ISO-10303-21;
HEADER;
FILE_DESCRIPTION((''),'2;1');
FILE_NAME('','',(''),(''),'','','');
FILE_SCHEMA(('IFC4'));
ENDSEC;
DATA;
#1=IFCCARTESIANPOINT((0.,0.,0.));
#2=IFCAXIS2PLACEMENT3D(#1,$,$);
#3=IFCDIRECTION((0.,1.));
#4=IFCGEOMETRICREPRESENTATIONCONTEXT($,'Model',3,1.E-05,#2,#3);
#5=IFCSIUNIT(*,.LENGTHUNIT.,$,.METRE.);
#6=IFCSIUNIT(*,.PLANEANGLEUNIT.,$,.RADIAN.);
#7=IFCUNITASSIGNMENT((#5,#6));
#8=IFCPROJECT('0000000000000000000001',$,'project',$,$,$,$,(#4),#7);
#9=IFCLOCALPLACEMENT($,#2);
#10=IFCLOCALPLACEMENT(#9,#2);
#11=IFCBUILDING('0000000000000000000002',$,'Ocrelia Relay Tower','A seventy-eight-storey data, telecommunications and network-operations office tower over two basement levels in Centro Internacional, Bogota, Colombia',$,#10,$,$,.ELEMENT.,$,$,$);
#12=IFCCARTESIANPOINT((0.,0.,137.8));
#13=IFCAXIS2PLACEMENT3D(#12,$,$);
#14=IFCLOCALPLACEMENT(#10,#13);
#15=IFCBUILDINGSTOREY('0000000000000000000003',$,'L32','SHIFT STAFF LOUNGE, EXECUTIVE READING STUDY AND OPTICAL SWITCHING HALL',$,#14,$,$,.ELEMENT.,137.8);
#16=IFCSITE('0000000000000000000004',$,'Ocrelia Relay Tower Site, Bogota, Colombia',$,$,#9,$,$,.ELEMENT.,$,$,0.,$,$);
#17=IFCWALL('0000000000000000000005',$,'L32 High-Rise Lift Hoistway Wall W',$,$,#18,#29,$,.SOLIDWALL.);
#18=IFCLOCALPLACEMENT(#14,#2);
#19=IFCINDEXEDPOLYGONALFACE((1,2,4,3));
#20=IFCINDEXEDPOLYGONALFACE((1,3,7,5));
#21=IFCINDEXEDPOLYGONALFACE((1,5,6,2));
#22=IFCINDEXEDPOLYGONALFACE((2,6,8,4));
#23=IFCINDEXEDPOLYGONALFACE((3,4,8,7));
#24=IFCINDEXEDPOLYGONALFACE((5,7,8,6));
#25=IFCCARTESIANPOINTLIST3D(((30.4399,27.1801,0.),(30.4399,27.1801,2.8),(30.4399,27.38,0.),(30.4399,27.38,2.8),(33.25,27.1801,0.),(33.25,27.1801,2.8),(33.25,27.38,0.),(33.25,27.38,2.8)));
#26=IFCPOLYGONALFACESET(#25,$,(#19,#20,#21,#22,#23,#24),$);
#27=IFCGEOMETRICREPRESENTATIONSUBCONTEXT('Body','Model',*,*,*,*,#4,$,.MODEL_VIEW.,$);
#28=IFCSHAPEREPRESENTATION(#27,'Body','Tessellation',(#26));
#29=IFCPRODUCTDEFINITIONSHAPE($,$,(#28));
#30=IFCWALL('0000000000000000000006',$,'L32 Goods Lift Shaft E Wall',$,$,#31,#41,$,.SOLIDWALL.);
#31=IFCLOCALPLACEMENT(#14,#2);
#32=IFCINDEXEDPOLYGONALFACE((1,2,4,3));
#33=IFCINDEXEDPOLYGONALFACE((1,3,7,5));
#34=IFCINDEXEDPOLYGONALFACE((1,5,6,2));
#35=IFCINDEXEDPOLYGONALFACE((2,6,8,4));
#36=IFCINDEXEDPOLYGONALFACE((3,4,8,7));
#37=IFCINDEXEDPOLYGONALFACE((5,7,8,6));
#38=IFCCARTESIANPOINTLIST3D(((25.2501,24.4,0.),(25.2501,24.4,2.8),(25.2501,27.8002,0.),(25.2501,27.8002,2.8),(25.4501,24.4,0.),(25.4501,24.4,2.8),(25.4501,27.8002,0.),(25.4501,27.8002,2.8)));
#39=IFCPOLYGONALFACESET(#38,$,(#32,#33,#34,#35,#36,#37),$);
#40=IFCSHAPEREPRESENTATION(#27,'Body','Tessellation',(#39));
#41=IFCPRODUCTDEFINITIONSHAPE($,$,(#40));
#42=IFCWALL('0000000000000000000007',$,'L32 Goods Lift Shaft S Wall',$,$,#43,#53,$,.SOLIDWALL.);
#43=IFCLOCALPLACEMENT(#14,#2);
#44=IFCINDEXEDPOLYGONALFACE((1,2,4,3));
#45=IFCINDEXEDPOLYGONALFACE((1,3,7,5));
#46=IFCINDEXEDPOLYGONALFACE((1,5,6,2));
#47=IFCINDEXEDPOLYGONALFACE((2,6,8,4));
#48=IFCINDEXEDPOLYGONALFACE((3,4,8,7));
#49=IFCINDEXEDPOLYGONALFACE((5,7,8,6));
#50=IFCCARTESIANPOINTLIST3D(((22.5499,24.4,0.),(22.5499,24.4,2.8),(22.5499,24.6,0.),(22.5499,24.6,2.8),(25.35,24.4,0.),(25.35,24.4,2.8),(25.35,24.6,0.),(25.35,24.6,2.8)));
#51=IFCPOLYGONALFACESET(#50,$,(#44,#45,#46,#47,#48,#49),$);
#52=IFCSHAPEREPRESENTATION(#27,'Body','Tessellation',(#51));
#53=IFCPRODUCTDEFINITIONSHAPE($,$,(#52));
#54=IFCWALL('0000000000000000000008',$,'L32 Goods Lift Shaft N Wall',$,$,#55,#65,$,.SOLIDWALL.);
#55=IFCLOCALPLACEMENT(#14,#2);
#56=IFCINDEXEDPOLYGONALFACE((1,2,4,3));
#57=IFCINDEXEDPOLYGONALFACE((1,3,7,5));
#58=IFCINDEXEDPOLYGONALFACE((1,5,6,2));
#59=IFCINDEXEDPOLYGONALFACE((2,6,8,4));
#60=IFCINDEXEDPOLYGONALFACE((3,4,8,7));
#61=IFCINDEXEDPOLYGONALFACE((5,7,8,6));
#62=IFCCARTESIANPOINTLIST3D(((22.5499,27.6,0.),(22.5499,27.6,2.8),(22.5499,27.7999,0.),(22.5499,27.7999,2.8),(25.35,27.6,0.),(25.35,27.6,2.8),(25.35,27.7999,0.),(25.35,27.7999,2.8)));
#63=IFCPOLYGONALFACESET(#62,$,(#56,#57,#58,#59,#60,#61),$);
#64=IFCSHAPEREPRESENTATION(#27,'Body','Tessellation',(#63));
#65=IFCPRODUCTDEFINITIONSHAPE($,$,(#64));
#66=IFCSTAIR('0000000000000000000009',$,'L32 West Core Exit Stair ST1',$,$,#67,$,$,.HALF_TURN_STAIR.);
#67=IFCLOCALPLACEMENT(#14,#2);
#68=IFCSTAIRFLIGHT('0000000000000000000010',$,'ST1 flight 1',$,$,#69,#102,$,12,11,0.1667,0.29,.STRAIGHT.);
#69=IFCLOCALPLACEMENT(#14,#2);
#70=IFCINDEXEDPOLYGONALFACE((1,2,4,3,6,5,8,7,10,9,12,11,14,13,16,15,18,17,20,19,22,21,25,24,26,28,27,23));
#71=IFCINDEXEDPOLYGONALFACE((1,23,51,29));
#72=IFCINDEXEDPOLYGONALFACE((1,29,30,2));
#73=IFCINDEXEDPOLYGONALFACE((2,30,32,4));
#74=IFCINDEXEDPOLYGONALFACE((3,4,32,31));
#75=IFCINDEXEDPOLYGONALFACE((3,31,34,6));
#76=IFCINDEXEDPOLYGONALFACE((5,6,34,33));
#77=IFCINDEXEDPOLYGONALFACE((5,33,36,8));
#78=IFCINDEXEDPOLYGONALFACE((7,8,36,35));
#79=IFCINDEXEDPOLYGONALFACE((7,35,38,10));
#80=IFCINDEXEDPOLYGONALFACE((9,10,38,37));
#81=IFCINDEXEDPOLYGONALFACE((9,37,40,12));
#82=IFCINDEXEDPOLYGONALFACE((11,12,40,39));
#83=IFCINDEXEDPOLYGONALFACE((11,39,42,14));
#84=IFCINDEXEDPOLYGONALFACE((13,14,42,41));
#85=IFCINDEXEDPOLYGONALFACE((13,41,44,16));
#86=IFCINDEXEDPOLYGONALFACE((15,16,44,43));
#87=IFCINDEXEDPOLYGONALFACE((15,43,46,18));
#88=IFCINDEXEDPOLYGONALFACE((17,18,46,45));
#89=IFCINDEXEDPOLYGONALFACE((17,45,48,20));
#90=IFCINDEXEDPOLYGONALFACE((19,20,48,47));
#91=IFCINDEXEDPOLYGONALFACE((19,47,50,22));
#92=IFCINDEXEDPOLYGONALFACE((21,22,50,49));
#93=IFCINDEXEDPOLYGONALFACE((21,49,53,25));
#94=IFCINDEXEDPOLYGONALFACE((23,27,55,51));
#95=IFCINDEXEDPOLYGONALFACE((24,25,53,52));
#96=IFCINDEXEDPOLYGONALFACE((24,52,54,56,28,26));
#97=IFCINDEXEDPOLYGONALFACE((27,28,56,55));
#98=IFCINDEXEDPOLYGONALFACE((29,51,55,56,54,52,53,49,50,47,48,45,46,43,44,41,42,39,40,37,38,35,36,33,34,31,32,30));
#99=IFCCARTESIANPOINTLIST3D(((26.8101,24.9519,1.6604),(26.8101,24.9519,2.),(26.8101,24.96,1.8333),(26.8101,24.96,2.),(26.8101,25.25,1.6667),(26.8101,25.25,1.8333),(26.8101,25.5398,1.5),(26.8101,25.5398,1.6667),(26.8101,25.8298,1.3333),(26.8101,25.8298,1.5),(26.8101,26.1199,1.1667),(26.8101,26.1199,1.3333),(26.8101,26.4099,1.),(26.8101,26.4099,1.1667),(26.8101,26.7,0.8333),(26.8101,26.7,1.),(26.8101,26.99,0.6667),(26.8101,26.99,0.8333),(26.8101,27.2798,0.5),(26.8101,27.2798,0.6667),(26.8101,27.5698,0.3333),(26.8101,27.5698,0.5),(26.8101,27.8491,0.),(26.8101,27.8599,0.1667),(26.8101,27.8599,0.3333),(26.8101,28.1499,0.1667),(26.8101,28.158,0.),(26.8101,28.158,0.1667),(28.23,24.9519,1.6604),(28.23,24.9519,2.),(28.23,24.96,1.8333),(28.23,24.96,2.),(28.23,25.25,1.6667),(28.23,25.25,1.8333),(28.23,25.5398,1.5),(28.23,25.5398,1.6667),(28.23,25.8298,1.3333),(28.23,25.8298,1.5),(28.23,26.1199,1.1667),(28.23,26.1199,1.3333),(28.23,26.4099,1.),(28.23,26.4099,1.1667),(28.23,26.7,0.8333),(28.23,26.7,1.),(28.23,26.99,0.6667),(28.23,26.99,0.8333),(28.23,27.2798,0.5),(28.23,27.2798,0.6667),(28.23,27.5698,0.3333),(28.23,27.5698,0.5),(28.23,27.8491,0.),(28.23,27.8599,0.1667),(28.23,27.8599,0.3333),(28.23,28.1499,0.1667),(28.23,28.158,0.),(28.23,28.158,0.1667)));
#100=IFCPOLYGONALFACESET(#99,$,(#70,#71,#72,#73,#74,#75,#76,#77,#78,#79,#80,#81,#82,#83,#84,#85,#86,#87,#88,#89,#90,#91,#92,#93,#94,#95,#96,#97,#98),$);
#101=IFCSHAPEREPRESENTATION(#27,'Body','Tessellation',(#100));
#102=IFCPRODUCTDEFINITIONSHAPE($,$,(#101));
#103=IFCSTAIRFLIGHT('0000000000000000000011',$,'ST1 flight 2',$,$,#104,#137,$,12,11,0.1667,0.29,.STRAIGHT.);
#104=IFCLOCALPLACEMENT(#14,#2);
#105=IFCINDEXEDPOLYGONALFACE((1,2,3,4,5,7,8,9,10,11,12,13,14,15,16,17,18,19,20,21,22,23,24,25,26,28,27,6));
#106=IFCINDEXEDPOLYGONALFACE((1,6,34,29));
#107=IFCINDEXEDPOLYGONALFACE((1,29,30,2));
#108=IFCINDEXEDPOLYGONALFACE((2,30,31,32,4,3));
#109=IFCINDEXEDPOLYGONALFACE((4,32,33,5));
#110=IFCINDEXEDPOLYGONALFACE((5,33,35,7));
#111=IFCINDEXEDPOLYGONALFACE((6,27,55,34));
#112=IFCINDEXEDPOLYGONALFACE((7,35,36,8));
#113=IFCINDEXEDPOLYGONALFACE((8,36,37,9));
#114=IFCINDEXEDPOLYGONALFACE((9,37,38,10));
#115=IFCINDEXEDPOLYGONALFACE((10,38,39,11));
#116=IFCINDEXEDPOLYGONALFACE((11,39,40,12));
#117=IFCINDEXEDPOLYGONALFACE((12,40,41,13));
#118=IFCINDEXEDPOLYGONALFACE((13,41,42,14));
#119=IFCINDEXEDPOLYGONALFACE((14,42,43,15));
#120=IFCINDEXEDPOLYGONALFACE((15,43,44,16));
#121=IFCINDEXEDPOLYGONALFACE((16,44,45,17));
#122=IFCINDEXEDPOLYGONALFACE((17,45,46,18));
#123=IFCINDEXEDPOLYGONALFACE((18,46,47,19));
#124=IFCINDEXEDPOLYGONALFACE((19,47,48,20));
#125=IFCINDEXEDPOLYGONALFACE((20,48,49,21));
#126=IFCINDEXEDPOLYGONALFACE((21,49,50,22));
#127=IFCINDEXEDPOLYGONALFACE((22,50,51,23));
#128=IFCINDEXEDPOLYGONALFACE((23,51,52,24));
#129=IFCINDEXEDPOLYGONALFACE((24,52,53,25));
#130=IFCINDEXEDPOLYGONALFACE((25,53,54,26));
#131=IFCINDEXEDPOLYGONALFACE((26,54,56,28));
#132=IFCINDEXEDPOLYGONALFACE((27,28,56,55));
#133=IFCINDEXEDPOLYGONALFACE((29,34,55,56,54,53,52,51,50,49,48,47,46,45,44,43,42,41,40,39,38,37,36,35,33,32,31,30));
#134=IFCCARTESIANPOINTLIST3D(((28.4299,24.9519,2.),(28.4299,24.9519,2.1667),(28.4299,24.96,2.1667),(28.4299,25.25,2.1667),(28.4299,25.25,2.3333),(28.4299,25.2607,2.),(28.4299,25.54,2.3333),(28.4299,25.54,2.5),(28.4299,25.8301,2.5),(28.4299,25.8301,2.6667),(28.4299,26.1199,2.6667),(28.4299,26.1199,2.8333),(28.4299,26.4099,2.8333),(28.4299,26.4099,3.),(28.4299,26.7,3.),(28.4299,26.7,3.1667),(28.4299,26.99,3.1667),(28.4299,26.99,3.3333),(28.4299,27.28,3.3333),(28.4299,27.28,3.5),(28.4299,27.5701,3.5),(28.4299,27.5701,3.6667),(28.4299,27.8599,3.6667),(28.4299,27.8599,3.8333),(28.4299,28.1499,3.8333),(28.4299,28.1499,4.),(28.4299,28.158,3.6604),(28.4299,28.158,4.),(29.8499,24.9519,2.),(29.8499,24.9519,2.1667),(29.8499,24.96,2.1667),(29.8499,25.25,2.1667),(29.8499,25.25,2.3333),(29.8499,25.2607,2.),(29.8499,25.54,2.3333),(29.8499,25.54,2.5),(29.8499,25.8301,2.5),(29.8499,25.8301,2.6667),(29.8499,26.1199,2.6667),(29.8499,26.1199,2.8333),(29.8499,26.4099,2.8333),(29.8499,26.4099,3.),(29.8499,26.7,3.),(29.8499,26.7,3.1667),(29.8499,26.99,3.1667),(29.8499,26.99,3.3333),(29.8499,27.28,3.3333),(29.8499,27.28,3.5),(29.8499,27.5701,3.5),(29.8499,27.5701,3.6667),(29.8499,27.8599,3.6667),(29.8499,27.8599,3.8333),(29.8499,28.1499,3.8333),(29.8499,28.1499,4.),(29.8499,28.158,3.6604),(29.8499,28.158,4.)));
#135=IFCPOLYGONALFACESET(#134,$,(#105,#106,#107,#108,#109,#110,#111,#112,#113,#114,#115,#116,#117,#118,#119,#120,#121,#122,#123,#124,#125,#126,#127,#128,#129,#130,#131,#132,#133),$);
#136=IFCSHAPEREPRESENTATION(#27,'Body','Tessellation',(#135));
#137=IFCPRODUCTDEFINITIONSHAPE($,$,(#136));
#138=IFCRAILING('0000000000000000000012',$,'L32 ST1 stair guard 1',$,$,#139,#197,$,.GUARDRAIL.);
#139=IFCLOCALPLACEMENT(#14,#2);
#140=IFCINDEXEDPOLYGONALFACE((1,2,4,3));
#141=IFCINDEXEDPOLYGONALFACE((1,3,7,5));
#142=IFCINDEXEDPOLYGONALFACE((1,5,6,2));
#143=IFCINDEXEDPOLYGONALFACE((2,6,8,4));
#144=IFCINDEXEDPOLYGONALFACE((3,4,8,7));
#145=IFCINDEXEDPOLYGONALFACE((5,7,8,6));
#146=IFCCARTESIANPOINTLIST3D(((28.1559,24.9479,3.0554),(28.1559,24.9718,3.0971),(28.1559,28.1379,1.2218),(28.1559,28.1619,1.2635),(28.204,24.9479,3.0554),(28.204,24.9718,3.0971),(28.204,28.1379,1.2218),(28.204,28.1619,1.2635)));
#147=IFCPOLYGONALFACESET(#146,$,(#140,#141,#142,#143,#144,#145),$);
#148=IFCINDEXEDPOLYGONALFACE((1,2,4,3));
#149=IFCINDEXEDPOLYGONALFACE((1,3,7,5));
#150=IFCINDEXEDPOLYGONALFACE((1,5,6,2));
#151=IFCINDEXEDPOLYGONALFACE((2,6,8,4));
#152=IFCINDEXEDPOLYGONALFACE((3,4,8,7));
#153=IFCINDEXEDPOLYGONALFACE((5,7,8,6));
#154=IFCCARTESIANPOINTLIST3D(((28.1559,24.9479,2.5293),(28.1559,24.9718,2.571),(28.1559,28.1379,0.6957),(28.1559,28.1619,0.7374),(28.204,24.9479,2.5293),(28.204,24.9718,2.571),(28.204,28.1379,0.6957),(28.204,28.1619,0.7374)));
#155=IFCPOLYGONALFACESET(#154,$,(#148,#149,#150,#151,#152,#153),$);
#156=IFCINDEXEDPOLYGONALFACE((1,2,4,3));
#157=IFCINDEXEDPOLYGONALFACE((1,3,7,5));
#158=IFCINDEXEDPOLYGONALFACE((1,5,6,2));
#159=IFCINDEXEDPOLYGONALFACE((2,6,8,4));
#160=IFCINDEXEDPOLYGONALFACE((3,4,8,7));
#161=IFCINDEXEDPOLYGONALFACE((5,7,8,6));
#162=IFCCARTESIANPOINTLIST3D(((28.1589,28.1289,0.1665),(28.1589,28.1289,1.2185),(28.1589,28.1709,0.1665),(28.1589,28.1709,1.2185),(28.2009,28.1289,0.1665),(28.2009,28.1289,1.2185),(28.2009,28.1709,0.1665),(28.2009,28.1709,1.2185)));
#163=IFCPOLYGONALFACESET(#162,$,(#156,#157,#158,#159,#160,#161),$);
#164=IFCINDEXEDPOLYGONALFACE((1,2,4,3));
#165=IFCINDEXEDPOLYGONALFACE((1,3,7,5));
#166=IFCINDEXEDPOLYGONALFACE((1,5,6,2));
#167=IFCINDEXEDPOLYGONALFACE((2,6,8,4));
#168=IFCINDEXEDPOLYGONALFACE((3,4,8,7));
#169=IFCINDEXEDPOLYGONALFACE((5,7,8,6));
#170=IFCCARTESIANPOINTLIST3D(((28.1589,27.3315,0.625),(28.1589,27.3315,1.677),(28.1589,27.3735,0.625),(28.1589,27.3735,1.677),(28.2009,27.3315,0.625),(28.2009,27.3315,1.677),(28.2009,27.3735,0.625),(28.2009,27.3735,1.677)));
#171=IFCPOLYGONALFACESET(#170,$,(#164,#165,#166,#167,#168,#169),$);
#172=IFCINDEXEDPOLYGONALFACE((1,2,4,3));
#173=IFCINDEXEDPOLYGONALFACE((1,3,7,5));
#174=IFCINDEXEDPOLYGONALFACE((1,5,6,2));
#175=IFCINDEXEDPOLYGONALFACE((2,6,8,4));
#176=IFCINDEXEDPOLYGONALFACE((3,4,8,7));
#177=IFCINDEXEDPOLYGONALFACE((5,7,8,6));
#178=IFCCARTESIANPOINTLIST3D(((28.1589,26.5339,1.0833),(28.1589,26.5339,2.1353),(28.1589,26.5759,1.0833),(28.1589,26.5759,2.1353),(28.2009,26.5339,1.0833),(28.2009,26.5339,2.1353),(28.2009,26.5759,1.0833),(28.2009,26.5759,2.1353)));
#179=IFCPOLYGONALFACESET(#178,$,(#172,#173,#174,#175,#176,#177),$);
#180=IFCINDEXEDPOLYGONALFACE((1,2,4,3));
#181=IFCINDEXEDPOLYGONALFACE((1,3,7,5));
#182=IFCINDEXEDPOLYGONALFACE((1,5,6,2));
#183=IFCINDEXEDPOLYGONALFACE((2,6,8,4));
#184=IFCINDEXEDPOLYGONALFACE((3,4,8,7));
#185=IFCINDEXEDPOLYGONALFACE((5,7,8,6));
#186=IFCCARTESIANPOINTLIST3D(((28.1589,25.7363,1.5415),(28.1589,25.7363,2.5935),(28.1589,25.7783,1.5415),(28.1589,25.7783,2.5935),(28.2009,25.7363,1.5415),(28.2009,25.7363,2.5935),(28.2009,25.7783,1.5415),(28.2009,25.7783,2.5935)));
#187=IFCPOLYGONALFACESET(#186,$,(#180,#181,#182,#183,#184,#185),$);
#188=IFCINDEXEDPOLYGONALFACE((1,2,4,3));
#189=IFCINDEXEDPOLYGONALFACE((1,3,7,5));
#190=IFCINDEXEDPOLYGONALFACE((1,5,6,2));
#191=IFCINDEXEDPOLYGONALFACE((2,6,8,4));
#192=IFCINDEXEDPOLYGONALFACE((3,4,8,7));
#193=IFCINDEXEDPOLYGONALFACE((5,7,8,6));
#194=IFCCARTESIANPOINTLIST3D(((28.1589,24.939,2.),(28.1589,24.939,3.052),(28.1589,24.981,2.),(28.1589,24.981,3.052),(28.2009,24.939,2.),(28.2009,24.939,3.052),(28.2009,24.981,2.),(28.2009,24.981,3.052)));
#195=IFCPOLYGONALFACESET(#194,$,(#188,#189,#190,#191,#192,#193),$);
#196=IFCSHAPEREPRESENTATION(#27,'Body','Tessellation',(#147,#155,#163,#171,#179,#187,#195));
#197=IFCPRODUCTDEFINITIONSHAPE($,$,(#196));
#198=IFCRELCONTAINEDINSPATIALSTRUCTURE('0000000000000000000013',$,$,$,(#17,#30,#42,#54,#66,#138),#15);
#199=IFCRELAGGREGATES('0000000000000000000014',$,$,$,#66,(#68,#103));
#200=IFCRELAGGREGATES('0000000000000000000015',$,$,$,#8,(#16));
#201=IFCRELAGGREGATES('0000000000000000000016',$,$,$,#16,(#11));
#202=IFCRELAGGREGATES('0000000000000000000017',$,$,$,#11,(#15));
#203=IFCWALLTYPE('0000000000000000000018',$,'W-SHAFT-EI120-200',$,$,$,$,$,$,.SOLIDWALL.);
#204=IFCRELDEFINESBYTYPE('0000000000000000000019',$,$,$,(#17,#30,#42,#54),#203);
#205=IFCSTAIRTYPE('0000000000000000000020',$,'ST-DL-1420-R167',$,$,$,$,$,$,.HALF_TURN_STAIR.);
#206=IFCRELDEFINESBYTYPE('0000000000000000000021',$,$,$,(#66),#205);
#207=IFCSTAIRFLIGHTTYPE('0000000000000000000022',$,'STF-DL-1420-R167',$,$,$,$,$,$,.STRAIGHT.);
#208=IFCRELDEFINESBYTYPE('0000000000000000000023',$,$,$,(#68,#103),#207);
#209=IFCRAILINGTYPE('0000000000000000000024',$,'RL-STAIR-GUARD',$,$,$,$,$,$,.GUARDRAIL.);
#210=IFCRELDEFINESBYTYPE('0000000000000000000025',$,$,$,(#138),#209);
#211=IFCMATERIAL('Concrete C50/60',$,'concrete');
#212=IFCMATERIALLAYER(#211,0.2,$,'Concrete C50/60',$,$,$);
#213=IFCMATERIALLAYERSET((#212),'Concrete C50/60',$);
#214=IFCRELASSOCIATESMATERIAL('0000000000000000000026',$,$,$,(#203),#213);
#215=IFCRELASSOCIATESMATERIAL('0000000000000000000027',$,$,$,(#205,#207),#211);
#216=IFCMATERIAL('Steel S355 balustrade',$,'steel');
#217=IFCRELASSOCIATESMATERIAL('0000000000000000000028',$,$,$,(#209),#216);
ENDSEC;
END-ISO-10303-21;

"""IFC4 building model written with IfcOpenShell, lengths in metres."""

from ifc_helpers import new_model, si_unit, direction, frame, frame_2d, origin, origin_2d, place, context, subcontext, project, spatial, polyline, rectangle, outline, extrude, material, layer, layer_set, type_object, element, aggregate, save


model = new_model("IFC4")

# Units and contexts
model_context = context("Model", 3, precision=1e-05, world=origin(), true_north=direction((0.0, 1.0)))
body_context = subcontext(model_context, "Body", "Model", "MODEL_VIEW")
ifc_project = project(units=[si_unit("LENGTHUNIT", "METRE"), si_unit("PLANEANGLEUNIT", "RADIAN")], contexts=[model_context])

# Site, building, storey
site_placement = place(None, origin())
site = spatial("IfcSite", under=ifc_project, at=site_placement, Name="Ocrelia Relay Tower Site, Bogota, Colombia", CompositionType="ELEMENT", RefElevation=0.0)
building_placement = place(site_placement, origin())
building = spatial("IfcBuilding", under=site, at=building_placement, Name="Ocrelia Relay Tower", Description="A seventy-eight-storey data, telecommunications and network-operations office tower over two basement levels in Centro Internacional, Bogota, Colombia", CompositionType="ELEMENT")
storey_placement = place(building_placement, frame((0.0, 0.0, 137.8)))
storey = spatial("IfcBuildingStorey", under=building, at=storey_placement, Name="L32", Description="SHIFT STAFF LOUNGE, EXECUTIVE READING STUDY AND OPTICAL SWITCHING HALL", CompositionType="ELEMENT", Elevation=137.8)

# Shared definitions
ifc_material_1 = material(Name="Concrete C50/60", Category="concrete")

# Shared definitions
ifc_layer_1 = layer(ifc_material_1, 0.2, Name="Concrete C50/60")
ifc_layer_set_1 = layer_set([ifc_layer_1], Name="Concrete C50/60")
wall_type_1 = type_object("IfcWallType", Name="W-SHAFT-EI120-200", PredefinedType="SOLIDWALL", material=ifc_layer_set_1)

# Wall
wall_1_placement = place(storey_placement, frame((30.4399, 27.28, 0.0), z_axis=(0.0, 0.0, 1.0), x_axis=(1.0, 0.0, 0.0)))
element("IfcWall", 1, at=wall_1_placement, inside=storey, type_object=wall_type_1, Name="L32 High-Rise Lift Hoistway Wall W", PredefinedType="SOLIDWALL", context=body_context, shape_type="SweptSolid", body=[
    extrude(rectangle(XDim=2.8101, YDim=0.2, at=frame_2d((1.405, 0.0))), origin(), (0.0, 0.0, 1.0), 2.8),
])

# Walls
wall_2_placement = place(storey_placement, frame((25.3501, 24.3999, 0.0), z_axis=(0.0, 0.0, 1.0), x_axis=(0.0, 1.0, 0.0)))
element("IfcWall", 2, at=wall_2_placement, inside=storey, type_object=wall_type_1, Name="L32 Goods Lift Shaft E Wall", PredefinedType="SOLIDWALL", context=body_context, shape_type="SweptSolid", body=[
    extrude(rectangle(XDim=3.4001, YDim=0.2, at=frame_2d((1.7002, 0.0))), origin(), (0.0, 0.0, 1.0), 2.8),
])
for number, where, z_axis, x_axis, name in (
    (3, (22.55, 24.5, 0.0), (0.0, 0.0, 1.0), (1.0, 0.0, 0.0), "L32 Goods Lift Shaft S Wall"),
    (4, (22.55, 27.7, 0.0), (0.0, 0.0, 1.0), (1.0, 0.0, 0.0), "L32 Goods Lift Shaft N Wall"),
):
    element("IfcWall", number, at=place(storey_placement, frame(where, z_axis=z_axis, x_axis=x_axis)), inside=storey, type_object=wall_type_1, Name=name, PredefinedType="SOLIDWALL", context=body_context, shape_type="SweptSolid", body=[
        extrude(rectangle(XDim=2.8, YDim=0.2, at=frame_2d((1.3999, 0.0))), origin(), (0.0, 0.0, 1.0), 2.8),
    ])

# Stair, stair flights
stair_type = type_object("IfcStairType", Name="ST-DL-1420-R167", PredefinedType="HALF_TURN_STAIR", material=ifc_material_1)
stair_placement = place(storey_placement, origin())
stair = element("IfcStair", 5, at=stair_placement, inside=storey, type_object=stair_type, Name="L32 West Core Exit Stair ST1", PredefinedType="HALF_TURN_STAIR")
stair_flight_type = type_object("IfcStairFlightType", Name="STF-DL-1420-R167", PredefinedType="STRAIGHT", material=ifc_material_1)
stair_flight_1_placement = place(storey_placement, frame((27.52, 28.1499, 0.0), z_axis=(0.0, 0.0, 1.0), x_axis=(0.0, -1.0, 0.0)))
stair_flight_1 = element("IfcStairFlight", 6, at=stair_flight_1_placement, type_object=stair_flight_type, Name="ST1 flight 1", NumberOfRisers=12, NumberOfTreads=11, PredefinedType="STRAIGHT", RiserHeight=0.1667, TreadLength=0.29, context=body_context, shape_type="SweptSolid", body=[
    extrude(outline(polyline([(-0.0081, 0.0), (-0.0081, 0.1667), (0.0, 0.1667), (0.29, 0.1667), (0.29, 0.3333), (0.5801, 0.3333), (0.5801, 0.5), (0.8701, 0.5), (0.8701, 0.6667), (1.1599, 0.6667), (1.1599, 0.8333), (1.45, 0.8333), (1.45, 1.0), (1.74, 1.0), (1.74, 1.1667), (2.03, 1.1667), (2.03, 1.3333), (2.3201, 1.3333), (2.3201, 1.5), (2.6101, 1.5), (2.6101, 1.6667), (2.8999, 1.6667), (2.8999, 1.8333), (3.1899, 1.8333), (3.1899, 2.0), (3.198, 2.0), (3.198, 1.6604), (0.3008, 0.0), (-0.0081, 0.0)])), frame((0.0, 0.71, 0.0), z_axis=(0.0, -1.0, 0.0), x_axis=(1.0, 0.0, 0.0)), (0.0, 0.0, 1.0), 1.4199),
])
stair_flight_2_placement = place(storey_placement, frame((29.1399, 24.96, 2.0), z_axis=(0.0, 0.0, 1.0), x_axis=(0.0, 1.0, 0.0)))
stair_flight_2 = element("IfcStairFlight", 7, at=stair_flight_2_placement, type_object=stair_flight_type, Name="ST1 flight 2", NumberOfRisers=12, NumberOfTreads=11, PredefinedType="STRAIGHT", RiserHeight=0.1667, TreadLength=0.29, context=body_context, shape_type="SweptSolid", body=[
    extrude(outline(polyline([(-0.0081, 0.0), (-0.0081, 0.1667), (0.0, 0.1667), (0.29, 0.1667), (0.29, 0.3333), (0.5801, 0.3333), (0.5801, 0.5), (0.8701, 0.5), (0.8701, 0.6667), (1.1599, 0.6667), (1.1599, 0.8333), (1.45, 0.8333), (1.45, 1.0), (1.74, 1.0), (1.74, 1.1667), (2.03, 1.1667), (2.03, 1.3333), (2.3201, 1.3333), (2.3201, 1.5), (2.6101, 1.5), (2.6101, 1.6667), (2.8999, 1.6667), (2.8999, 1.8333), (3.1899, 1.8333), (3.1899, 2.0), (3.198, 2.0), (3.198, 1.6604), (0.3008, 0.0), (-0.0081, 0.0)])), frame((0.0, 0.71, 0.0), z_axis=(0.0, -1.0, 0.0), x_axis=(1.0, 0.0, 0.0)), (0.0, 0.0, 1.0), 1.4199),
])
aggregate(stair, [stair_flight_1, stair_flight_2])

# Railing
ifc_material_2 = material(Name="Steel S355 balustrade", Category="steel")
railing_type_1 = type_object("IfcRailingType", Name="RL-STAIR-GUARD", PredefinedType="GUARDRAIL", material=ifc_material_2)
railing_1_placement = place(storey_placement, frame((28.1799, 28.1499, 0.1665)))
element("IfcRailing", 8, at=railing_1_placement, inside=storey, type_object=railing_type_1, Name="L32 ST1 stair guard 1", PredefinedType="GUARDRAIL", context=body_context, shape_type="SweptSolid", body=[
    extrude(rectangle(XDim=0.0481, YDim=0.0481, at=origin_2d()), frame((0.0, 0.0, 1.0762), z_axis=(0.0, -0.866991, 0.498324), x_axis=(1.0, 0.0, 0.0)), (0.0, 0.0, 1.0), 3.6794),
    extrude(rectangle(XDim=0.0481, YDim=0.0481, at=origin_2d()), frame((0.0, 0.0, 0.55), z_axis=(0.0, -0.866991, 0.498324), x_axis=(1.0, 0.0, 0.0)), (0.0, 0.0, 1.0), 3.6794),
    extrude(rectangle(XDim=0.042, YDim=0.042, at=origin_2d()), origin(), (0.0, 0.0, 1.0), 1.052),
    extrude(rectangle(XDim=0.042, YDim=0.042, at=origin_2d()), frame((0.0, -0.7974, 0.4585)), (0.0, 0.0, 1.0), 1.052),
    extrude(rectangle(XDim=0.042, YDim=0.042, at=origin_2d()), frame((0.0, -1.595, 0.9167)), (0.0, 0.0, 1.0), 1.052),
    extrude(rectangle(XDim=0.042, YDim=0.042, at=origin_2d()), frame((0.0, -2.3926, 1.375)), (0.0, 0.0, 1.0), 1.052),
    extrude(rectangle(XDim=0.042, YDim=0.042, at=origin_2d()), frame((0.0, -3.1899, 1.8335)), (0.0, 0.0, 1.0), 1.052),
])

save(model, "model.ifc")
